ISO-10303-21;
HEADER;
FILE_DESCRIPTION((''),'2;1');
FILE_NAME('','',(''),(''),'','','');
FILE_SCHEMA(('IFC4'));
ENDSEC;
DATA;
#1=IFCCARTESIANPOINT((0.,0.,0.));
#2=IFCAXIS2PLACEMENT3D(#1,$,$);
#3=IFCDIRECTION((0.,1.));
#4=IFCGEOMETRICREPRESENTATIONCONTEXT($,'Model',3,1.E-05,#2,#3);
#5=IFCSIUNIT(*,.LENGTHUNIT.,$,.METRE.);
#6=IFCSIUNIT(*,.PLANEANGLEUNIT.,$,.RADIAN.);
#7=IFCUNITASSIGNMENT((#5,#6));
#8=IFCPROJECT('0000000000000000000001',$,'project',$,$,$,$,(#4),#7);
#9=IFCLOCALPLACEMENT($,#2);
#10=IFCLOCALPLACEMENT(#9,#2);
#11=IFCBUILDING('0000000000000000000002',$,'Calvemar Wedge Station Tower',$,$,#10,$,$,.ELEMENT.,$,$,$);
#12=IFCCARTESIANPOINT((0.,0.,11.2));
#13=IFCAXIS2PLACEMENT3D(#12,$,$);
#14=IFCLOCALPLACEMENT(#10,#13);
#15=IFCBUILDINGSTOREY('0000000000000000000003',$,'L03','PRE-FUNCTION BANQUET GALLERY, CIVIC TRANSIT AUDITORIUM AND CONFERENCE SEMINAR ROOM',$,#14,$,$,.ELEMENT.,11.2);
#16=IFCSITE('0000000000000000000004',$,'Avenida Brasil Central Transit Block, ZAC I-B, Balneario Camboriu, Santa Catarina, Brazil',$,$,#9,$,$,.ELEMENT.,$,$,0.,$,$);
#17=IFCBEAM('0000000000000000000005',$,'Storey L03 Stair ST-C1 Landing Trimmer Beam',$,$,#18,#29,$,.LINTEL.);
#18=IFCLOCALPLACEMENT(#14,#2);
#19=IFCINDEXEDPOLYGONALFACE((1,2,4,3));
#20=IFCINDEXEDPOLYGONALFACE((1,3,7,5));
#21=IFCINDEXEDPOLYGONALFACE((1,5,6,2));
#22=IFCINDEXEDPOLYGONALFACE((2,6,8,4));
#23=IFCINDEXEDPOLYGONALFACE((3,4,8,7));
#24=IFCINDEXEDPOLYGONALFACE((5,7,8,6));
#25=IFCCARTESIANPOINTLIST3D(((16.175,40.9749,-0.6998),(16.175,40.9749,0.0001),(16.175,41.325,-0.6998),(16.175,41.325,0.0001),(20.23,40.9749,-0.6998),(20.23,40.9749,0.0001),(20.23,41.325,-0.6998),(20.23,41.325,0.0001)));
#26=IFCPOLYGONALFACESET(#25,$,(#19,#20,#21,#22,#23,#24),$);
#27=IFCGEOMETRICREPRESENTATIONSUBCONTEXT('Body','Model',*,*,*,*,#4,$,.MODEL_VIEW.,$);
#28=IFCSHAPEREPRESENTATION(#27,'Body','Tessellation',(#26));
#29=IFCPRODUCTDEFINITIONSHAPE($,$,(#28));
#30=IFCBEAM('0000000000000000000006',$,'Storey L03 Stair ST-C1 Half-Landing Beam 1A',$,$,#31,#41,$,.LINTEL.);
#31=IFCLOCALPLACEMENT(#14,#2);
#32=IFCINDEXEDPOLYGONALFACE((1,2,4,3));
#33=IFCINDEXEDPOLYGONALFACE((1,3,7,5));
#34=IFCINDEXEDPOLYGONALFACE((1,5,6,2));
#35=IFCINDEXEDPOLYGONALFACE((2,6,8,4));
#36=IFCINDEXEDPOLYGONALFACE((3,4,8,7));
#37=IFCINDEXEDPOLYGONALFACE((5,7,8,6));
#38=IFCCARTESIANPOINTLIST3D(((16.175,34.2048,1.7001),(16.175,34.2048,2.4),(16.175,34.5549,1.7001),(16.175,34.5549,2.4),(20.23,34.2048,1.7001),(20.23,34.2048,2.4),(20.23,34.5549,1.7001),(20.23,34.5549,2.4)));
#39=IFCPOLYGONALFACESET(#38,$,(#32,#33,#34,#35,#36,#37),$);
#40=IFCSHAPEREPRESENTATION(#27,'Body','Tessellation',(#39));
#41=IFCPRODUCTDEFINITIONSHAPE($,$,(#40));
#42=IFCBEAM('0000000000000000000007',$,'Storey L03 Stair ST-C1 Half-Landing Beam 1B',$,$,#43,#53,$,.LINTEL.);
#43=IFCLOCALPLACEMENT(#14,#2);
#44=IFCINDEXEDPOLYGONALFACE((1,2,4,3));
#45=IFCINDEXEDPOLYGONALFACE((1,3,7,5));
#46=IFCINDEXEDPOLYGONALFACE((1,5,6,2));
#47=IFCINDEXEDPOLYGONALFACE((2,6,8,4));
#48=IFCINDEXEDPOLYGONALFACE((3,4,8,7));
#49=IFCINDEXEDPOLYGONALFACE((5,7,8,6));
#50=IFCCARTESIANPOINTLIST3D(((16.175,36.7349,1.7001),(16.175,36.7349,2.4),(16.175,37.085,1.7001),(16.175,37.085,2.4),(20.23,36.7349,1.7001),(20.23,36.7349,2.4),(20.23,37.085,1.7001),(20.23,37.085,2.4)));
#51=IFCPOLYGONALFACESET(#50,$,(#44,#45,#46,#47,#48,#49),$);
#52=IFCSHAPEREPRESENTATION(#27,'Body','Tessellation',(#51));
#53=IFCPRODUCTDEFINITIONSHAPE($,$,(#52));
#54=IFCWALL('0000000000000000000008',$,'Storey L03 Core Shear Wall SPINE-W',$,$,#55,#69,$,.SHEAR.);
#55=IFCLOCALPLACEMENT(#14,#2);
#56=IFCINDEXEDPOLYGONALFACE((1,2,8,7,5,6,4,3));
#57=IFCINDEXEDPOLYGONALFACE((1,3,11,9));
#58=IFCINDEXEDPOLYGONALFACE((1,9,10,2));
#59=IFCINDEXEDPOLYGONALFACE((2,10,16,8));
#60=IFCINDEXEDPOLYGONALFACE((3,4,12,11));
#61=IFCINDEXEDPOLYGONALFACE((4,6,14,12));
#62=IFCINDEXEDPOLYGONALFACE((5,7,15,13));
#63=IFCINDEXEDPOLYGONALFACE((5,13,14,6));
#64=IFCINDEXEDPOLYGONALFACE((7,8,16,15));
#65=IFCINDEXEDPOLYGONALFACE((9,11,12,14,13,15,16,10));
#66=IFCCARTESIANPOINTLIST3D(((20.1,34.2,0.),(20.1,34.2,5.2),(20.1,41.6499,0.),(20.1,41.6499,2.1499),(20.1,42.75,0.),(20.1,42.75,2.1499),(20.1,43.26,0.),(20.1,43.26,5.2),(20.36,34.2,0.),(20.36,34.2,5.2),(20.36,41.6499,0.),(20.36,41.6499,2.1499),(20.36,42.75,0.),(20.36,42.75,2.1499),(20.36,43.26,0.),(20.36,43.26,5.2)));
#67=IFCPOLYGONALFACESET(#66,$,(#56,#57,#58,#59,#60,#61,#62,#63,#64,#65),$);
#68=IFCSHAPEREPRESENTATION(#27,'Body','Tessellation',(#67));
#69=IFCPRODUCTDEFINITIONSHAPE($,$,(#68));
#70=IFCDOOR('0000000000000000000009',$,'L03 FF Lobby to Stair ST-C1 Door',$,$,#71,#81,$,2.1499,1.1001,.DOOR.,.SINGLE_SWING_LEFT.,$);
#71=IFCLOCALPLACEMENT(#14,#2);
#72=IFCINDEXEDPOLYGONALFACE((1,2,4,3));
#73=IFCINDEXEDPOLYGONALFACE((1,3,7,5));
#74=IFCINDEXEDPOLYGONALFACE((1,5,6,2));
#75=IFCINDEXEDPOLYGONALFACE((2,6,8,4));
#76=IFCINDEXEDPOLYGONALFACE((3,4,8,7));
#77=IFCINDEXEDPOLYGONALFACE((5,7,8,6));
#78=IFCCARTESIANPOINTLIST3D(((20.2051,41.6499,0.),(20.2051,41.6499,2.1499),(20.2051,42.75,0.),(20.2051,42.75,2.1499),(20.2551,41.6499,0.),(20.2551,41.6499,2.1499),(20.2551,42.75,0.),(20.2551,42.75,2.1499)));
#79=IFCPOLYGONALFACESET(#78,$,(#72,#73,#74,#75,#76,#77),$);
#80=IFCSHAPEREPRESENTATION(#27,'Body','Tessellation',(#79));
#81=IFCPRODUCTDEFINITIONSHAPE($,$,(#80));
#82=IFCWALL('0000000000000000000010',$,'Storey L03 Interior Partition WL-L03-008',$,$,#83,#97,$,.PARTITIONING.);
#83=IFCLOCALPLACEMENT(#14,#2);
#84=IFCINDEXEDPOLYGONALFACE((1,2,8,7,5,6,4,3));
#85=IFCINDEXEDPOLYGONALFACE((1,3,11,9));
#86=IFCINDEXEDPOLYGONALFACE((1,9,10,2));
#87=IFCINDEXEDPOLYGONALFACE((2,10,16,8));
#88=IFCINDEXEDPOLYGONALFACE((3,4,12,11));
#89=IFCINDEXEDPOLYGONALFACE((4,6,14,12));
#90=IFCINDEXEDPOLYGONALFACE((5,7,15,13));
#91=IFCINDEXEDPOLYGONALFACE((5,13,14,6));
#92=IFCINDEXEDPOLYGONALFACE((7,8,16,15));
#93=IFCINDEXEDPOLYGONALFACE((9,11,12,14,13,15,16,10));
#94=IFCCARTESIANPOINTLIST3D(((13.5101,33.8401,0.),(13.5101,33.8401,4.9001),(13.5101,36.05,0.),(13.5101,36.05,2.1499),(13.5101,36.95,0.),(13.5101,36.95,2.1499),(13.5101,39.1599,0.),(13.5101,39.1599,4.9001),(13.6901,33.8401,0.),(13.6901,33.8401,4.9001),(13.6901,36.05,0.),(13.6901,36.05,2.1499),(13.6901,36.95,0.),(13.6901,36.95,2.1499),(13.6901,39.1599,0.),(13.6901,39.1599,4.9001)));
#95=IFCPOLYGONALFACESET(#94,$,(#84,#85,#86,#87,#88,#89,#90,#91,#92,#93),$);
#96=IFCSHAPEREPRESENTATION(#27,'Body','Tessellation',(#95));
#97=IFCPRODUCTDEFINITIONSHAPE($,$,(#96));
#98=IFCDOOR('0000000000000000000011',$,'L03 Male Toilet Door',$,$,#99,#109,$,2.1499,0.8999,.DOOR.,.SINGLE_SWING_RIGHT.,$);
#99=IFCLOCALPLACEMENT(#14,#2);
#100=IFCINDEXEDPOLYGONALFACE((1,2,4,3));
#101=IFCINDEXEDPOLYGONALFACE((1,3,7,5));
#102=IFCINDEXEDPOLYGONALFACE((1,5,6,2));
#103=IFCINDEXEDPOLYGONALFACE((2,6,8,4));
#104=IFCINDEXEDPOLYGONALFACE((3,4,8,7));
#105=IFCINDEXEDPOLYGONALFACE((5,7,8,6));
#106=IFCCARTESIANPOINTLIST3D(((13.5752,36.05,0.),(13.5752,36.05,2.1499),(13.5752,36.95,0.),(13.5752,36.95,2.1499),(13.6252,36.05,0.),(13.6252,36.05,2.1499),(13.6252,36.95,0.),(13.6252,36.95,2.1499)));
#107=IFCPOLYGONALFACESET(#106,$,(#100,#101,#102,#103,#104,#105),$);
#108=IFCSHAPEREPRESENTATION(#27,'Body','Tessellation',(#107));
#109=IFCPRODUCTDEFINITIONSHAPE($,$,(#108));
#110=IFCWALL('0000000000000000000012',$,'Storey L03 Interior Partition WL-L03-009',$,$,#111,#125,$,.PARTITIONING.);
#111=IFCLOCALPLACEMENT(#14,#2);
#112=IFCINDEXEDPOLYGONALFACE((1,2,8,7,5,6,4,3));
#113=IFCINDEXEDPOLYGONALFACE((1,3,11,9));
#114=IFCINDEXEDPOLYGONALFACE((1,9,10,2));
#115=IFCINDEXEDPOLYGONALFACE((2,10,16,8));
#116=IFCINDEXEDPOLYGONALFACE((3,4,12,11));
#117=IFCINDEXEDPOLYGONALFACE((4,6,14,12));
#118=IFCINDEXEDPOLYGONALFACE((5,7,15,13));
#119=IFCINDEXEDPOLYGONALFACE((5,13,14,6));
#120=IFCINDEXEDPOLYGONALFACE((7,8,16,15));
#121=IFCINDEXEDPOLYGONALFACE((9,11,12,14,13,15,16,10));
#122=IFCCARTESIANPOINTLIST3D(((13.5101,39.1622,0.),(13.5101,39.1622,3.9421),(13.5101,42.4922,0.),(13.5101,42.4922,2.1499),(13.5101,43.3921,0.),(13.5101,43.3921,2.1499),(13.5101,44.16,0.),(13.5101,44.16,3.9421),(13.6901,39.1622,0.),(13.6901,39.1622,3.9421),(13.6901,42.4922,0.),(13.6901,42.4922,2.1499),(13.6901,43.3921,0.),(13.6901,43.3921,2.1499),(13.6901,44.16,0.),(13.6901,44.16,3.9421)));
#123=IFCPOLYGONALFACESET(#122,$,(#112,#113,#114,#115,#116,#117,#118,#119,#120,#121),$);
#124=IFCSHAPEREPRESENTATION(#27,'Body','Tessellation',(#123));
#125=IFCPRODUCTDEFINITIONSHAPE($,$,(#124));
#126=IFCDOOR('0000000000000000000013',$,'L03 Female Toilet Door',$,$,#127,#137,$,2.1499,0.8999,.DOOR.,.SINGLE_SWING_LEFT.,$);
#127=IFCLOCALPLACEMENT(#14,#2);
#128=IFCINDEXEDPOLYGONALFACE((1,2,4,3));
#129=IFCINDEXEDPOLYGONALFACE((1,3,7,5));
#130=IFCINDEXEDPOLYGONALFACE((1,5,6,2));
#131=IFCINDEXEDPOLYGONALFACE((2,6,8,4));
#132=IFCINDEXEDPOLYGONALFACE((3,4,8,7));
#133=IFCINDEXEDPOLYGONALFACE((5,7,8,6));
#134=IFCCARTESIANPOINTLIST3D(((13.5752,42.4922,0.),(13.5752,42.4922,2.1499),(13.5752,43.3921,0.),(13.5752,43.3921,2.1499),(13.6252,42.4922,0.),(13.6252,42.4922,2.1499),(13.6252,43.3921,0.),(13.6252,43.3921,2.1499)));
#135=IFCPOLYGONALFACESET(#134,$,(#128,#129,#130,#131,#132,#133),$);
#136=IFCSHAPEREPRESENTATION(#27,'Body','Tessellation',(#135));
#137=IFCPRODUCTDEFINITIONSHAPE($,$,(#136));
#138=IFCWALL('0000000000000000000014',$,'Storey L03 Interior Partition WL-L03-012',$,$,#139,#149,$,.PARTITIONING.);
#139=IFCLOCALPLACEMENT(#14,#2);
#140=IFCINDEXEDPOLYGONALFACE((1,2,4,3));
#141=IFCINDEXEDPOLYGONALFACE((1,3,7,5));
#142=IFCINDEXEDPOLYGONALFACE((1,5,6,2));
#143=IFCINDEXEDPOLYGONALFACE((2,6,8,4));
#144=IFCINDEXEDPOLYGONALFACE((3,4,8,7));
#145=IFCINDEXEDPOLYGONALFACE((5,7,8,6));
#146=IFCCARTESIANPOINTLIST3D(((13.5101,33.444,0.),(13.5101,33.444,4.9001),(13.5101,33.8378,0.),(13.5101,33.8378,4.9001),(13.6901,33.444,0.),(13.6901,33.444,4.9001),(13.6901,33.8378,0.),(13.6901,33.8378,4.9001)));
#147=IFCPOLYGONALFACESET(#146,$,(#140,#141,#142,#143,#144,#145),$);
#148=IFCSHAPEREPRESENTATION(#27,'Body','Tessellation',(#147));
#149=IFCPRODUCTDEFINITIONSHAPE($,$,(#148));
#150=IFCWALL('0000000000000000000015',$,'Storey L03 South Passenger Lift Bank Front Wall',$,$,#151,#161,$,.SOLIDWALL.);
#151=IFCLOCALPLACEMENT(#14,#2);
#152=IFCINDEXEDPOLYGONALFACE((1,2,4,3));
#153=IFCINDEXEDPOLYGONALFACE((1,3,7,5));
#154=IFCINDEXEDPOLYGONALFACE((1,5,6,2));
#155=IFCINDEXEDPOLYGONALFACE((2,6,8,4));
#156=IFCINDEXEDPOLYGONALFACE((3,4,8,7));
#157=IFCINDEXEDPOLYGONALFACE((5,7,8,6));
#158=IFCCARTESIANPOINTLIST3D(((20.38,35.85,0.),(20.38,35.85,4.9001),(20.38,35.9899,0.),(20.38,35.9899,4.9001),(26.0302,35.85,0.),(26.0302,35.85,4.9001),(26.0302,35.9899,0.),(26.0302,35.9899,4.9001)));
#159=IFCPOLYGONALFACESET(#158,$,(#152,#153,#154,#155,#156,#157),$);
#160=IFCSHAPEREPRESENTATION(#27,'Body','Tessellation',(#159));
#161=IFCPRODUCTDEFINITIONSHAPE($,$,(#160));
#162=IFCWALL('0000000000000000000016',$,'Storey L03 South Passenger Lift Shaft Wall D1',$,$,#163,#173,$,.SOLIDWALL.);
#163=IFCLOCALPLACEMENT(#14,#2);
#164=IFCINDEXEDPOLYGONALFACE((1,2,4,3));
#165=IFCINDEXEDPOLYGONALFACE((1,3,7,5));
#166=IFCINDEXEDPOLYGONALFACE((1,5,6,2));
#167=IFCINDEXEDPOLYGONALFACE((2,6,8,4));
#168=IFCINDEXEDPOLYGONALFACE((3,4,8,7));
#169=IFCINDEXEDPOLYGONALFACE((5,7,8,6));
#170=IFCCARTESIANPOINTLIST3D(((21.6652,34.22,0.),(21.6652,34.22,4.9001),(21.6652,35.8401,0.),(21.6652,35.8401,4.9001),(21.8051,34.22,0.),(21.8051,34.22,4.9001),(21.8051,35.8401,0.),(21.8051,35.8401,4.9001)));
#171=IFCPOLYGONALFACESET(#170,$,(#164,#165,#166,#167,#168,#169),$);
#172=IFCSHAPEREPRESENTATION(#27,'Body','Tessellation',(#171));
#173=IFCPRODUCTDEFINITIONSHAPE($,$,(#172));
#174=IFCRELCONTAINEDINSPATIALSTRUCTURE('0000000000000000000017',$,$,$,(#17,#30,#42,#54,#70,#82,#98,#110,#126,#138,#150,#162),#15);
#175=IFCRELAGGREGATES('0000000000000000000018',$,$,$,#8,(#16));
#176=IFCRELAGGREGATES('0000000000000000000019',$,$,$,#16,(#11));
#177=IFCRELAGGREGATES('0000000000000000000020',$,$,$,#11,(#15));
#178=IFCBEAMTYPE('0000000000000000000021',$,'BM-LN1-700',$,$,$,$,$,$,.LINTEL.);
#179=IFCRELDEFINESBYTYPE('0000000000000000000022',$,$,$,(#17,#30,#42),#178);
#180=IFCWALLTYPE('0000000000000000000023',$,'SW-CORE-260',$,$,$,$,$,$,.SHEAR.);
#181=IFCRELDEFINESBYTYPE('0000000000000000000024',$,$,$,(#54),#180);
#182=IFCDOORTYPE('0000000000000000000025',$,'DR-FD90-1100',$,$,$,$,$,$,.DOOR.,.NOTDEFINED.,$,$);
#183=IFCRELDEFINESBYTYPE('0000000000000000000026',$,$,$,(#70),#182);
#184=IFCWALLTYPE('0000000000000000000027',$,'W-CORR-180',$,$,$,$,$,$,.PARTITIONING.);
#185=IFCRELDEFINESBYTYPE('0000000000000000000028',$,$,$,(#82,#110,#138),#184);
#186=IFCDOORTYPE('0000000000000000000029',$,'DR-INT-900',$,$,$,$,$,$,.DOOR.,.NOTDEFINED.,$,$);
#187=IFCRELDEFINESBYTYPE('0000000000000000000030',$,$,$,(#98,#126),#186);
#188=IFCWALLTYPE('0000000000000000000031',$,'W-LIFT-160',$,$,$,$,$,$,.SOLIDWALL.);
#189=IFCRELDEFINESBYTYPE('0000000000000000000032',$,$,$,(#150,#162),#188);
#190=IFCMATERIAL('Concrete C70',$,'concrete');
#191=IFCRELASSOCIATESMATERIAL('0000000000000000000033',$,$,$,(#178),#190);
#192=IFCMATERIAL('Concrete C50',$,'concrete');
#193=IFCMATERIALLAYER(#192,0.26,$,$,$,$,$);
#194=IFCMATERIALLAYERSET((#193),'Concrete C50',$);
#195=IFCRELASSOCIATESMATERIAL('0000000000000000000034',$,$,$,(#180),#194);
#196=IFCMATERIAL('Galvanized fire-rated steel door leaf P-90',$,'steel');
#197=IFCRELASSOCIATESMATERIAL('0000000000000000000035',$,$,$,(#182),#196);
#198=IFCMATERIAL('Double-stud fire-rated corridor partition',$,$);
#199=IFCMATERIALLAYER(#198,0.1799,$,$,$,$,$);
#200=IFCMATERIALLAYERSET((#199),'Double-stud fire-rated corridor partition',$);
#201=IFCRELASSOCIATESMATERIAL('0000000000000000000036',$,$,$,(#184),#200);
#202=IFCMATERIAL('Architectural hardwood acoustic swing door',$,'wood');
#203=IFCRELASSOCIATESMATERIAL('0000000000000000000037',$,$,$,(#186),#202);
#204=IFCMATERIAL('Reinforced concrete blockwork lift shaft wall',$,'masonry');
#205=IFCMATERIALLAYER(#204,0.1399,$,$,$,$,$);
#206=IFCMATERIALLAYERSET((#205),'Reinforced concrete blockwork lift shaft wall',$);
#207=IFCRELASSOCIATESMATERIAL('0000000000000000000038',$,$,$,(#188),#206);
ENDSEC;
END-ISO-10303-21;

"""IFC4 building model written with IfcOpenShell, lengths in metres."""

from ifc_helpers import new_model, si_unit, direction, frame, frame_2d, origin, origin_2d, place, context, subcontext, project, spatial, rectangle, extrude, source, transform, mapped, material, layer, layer_set, material_profile, profile_set, type_object, element, fill, save


model = new_model("IFC4")

# Units and contexts
model_context = context("Model", 3, precision=1e-05, world=origin(), true_north=direction((0.0, 1.0)))
body_context = subcontext(model_context, "Body", "Model", "MODEL_VIEW")
ifc_project = project(units=[si_unit("LENGTHUNIT", "METRE"), si_unit("PLANEANGLEUNIT", "RADIAN")], contexts=[model_context])

# Site, building, storey
site_placement = place(None, origin())
site = spatial("IfcSite", under=ifc_project, at=site_placement, Name="Avenida Brasil Central Transit Block, ZAC I-B, Balneario Camboriu, Santa Catarina, Brazil", CompositionType="ELEMENT", RefElevation=0.0)
building_placement = place(site_placement, origin())
building = spatial("IfcBuilding", under=site, at=building_placement, Name="Calvemar Wedge Station Tower", CompositionType="ELEMENT")
storey_placement = place(building_placement, frame((0.0, 0.0, 11.2)))
storey = spatial("IfcBuildingStorey", under=building, at=storey_placement, Name="L03", Description="PRE-FUNCTION BANQUET GALLERY, CIVIC TRANSIT AUDITORIUM AND CONFERENCE SEMINAR ROOM", CompositionType="ELEMENT", Elevation=11.2)

# Beams
ifc_material_1 = material(Name="Concrete C70", Category="concrete")
ifc_material_profile = material_profile(ifc_material_1, rectangle(XDim=0.3501, YDim=0.7, at=origin_2d()), Name="RC350x700")
ifc_profile_set = profile_set([ifc_material_profile], Name="Concrete C70")
beam_type = type_object("IfcBeamType", Name="BM-LN1-700", PredefinedType="LINTEL", material=ifc_profile_set)
shared_shape_1 = source(origin(), body_context, "Body", "SweptSolid", [
    extrude(rectangle(XDim=0.3501, YDim=0.7, at=origin_2d()), origin(), (0.0, 0.0, 1.0), 4.0549),
])
for number, where, z_axis, x_axis, name in (
    (1, (16.175, 41.1499, -0.3499), (1.0, 0.0, 0.0), (0.0, 1.0, 0.0), "Storey L03 Stair ST-C1 Landing Trimmer Beam"),
    (2, (16.175, 34.3799, 2.05), (1.0, 0.0, 0.0), (0.0, 1.0, 0.0), "Storey L03 Stair ST-C1 Half-Landing Beam 1A"),
    (3, (16.175, 36.9099, 2.05), (1.0, 0.0, 0.0), (0.0, 1.0, 0.0), "Storey L03 Stair ST-C1 Half-Landing Beam 1B"),
):
    element("IfcBeam", number, at=place(storey_placement, frame(where, z_axis=z_axis, x_axis=x_axis)), inside=storey, type_object=beam_type, Name=name, PredefinedType="LINTEL", context=body_context, shape_type="MappedRepresentation", body=[
        mapped(shared_shape_1, transform((0.0, 0.0, 0.0), scale=1.0)),
    ])

# Walls, openings, doors
ifc_material_2 = material(Name="Concrete C50", Category="concrete")
ifc_layer_1 = layer(ifc_material_2, 0.26)
ifc_layer_set_1 = layer_set([ifc_layer_1], Name="Concrete C50")
wall_type_1 = type_object("IfcWallType", Name="SW-CORE-260", PredefinedType="SHEAR", material=ifc_layer_set_1)
wall_1_placement = place(storey_placement, frame((20.23, 34.2, 0.0), z_axis=(0.0, 0.0, 1.0), x_axis=(0.0, 1.0, 0.0)))
wall_1 = element("IfcWall", 4, at=wall_1_placement, inside=storey, type_object=wall_type_1, Name="Storey L03 Core Shear Wall SPINE-W", PredefinedType="SHEAR", context=body_context, shape_type="SweptSolid", body=[
    extrude(rectangle(XDim=9.0601, YDim=0.26, at=frame_2d((4.53, 0.0))), origin(), (0.0, 0.0, 1.0), 5.2),
])
shared_shape_2 = source(origin(), body_context, "Body", "SweptSolid", [
    extrude(rectangle(XDim=1.1001, YDim=2.1499, at=frame_2d((0.55, 1.075))), frame((0.0, 0.1401, 0.0), z_axis=(0.0, -1.0, 0.0), x_axis=(1.0, 0.0, 0.0)), (0.0, 0.0, 1.0), 0.28),
])
opening_1_placement = place(wall_1_placement, frame((7.45, 0.0, 0.0)))
opening_1 = element("IfcOpeningElement", 5, at=opening_1_placement, cuts=wall_1, PredefinedType="OPENING", context=body_context, shape_type="MappedRepresentation", body=[
    mapped(shared_shape_2, transform((0.0, 0.0, 0.0), scale=1.0)),
])
ifc_material_3 = material(Name="Galvanized fire-rated steel door leaf P-90", Category="steel")
door_type_1 = type_object("IfcDoorType", Name="DR-FD90-1100", OperationType="NOTDEFINED", PredefinedType="DOOR", material=ifc_material_3)
shared_shape_3 = source(origin(), body_context, "Body", "SweptSolid", [
    extrude(rectangle(XDim=1.1001, YDim=2.1499, at=frame_2d((0.55, 1.075))), frame((0.0, 0.0249, 0.0), z_axis=(0.0, -1.0, 0.0), x_axis=(1.0, 0.0, 0.0)), (0.0, 0.0, 1.0), 0.05),
])
door_1_placement = place(opening_1_placement, origin())
door_1 = element("IfcDoor", 6, at=door_1_placement, inside=storey, type_object=door_type_1, Name="L03 FF Lobby to Stair ST-C1 Door", OperationType="SINGLE_SWING_LEFT", OverallHeight=2.1499, OverallWidth=1.1001, PredefinedType="DOOR", context=body_context, shape_type="MappedRepresentation", body=[
    mapped(shared_shape_3, transform((0.0, 0.0, 0.0), scale=1.0)),
])
fill(opening_1, door_1)
ifc_material_4 = material(Name="Double-stud fire-rated corridor partition")
ifc_layer_2 = layer(ifc_material_4, 0.1799)
ifc_layer_set_2 = layer_set([ifc_layer_2], Name="Double-stud fire-rated corridor partition")
wall_type_2 = type_object("IfcWallType", Name="W-CORR-180", PredefinedType="PARTITIONING", material=ifc_layer_set_2)
wall_2_placement = place(storey_placement, frame((13.6001, 33.8401, 0.0), z_axis=(0.0, 0.0, 1.0), x_axis=(0.0, 1.0, 0.0)))
wall_2 = element("IfcWall", 7, at=wall_2_placement, inside=storey, type_object=wall_type_2, Name="Storey L03 Interior Partition WL-L03-008", PredefinedType="PARTITIONING", context=body_context, shape_type="SweptSolid", body=[
    extrude(rectangle(XDim=5.3198, YDim=0.1799, at=frame_2d((2.6599, 0.0))), origin(), (0.0, 0.0, 1.0), 4.9001),
])
shared_shape_4 = source(origin(), body_context, "Body", "SweptSolid", [
    extrude(rectangle(XDim=0.8999, YDim=2.1499, at=frame_2d((0.45, 1.075))), frame((0.0, 0.1001, 0.0), z_axis=(0.0, -1.0, 0.0), x_axis=(1.0, 0.0, 0.0)), (0.0, 0.0, 1.0), 0.2),
])
opening_2_placement = place(wall_2_placement, frame((2.21, 0.0, 0.0)))
opening_2 = element("IfcOpeningElement", 8, at=opening_2_placement, cuts=wall_2, PredefinedType="OPENING", context=body_context, shape_type="MappedRepresentation", body=[
    mapped(shared_shape_4, transform((0.0, 0.0, 0.0), scale=1.0)),
])
ifc_material_5 = material(Name="Architectural hardwood acoustic swing door", Category="wood")
door_type_2 = type_object("IfcDoorType", Name="DR-INT-900", OperationType="NOTDEFINED", PredefinedType="DOOR", material=ifc_material_5)
shared_shape_5 = source(origin(), body_context, "Body", "SweptSolid", [
    extrude(rectangle(XDim=0.8999, YDim=2.1499, at=frame_2d((0.45, 1.075))), frame((0.0, 0.0249, 0.0), z_axis=(0.0, -1.0, 0.0), x_axis=(1.0, 0.0, 0.0)), (0.0, 0.0, 1.0), 0.05),
])
door_2_placement = place(opening_2_placement, origin())
door_2 = element("IfcDoor", 9, at=door_2_placement, inside=storey, type_object=door_type_2, Name="L03 Male Toilet Door", OperationType="SINGLE_SWING_RIGHT", OverallHeight=2.1499, OverallWidth=0.8999, PredefinedType="DOOR", context=body_context, shape_type="MappedRepresentation", body=[
    mapped(shared_shape_5, transform((0.0, 0.0, 0.0), scale=1.0)),
])
fill(opening_2, door_2)
wall_3_placement = place(storey_placement, frame((13.6001, 39.1621, 0.0), z_axis=(0.0, 0.0, 1.0), x_axis=(0.0, 1.0, 0.0)))
wall_3 = element("IfcWall", 10, at=wall_3_placement, inside=storey, type_object=wall_type_2, Name="Storey L03 Interior Partition WL-L03-009", PredefinedType="PARTITIONING", context=body_context, shape_type="SweptSolid", body=[
    extrude(rectangle(XDim=4.9978, YDim=0.1799, at=frame_2d((2.499, 0.0))), origin(), (0.0, 0.0, 1.0), 3.9421),
])
opening_3_placement = place(wall_3_placement, frame((3.3301, 0.0, 0.0)))
opening_3 = element("IfcOpeningElement", 11, at=opening_3_placement, cuts=wall_3, PredefinedType="OPENING", context=body_context, shape_type="MappedRepresentation", body=[
    mapped(shared_shape_4, transform((0.0, 0.0, 0.0), scale=1.0)),
])
door_3_placement = place(opening_3_placement, origin())
door_3 = element("IfcDoor", 12, at=door_3_placement, inside=storey, type_object=door_type_2, Name="L03 Female Toilet Door", OperationType="SINGLE_SWING_LEFT", OverallHeight=2.1499, OverallWidth=0.8999, PredefinedType="DOOR", context=body_context, shape_type="MappedRepresentation", body=[
    mapped(shared_shape_5, transform((0.0, 0.0, 0.0), scale=1.0)),
])
fill(opening_3, door_3)

# Walls
wall_4_placement = place(storey_placement, frame((13.6001, 33.4441, 0.0), z_axis=(0.0, 0.0, 1.0), x_axis=(0.0, 1.0, 0.0)))
element("IfcWall", 13, at=wall_4_placement, inside=storey, type_object=wall_type_2, Name="Storey L03 Interior Partition WL-L03-012", PredefinedType="PARTITIONING", context=body_context, shape_type="SweptSolid", body=[
    extrude(rectangle(XDim=0.3938, YDim=0.1799, at=frame_2d((0.1968, 0.0))), origin(), (0.0, 0.0, 1.0), 4.9001),
])
ifc_material_6 = material(Name="Reinforced concrete blockwork lift shaft wall", Category="masonry")
ifc_layer_3 = layer(ifc_material_6, 0.1399)
ifc_layer_set_3 = layer_set([ifc_layer_3], Name="Reinforced concrete blockwork lift shaft wall")
wall_type_3 = type_object("IfcWallType", Name="W-LIFT-160", PredefinedType="SOLIDWALL", material=ifc_layer_set_3)
wall_5_placement = place(storey_placement, frame((20.3799, 35.9199, 0.0), z_axis=(0.0, 0.0, 1.0), x_axis=(1.0, 0.0, 0.0)))
element("IfcWall", 14, at=wall_5_placement, inside=storey, type_object=wall_type_3, Name="Storey L03 South Passenger Lift Bank Front Wall", PredefinedType="SOLIDWALL", context=body_context, shape_type="SweptSolid", body=[
    extrude(rectangle(XDim=5.6501, YDim=0.1399, at=frame_2d((2.8252, 0.0))), origin(), (0.0, 0.0, 1.0), 4.9001),
])
for number, where, z_axis, x_axis, name in (
    (15, (21.7351, 34.22, 0.0), (0.0, 0.0, 1.0), (0.0, 1.0, 0.0), "Storey L03 South Passenger Lift Shaft Wall D1"),
):
    element("IfcWall", number, at=place(storey_placement, frame(where, z_axis=z_axis, x_axis=x_axis)), inside=storey, type_object=wall_type_3, Name=name, PredefinedType="SOLIDWALL", context=body_context, shape_type="SweptSolid", body=[
        extrude(rectangle(XDim=1.6201, YDim=0.1399, at=frame_2d((0.8101, 0.0))), origin(), (0.0, 0.0, 1.0), 4.9001),
    ])

save(model, "model.ifc")
